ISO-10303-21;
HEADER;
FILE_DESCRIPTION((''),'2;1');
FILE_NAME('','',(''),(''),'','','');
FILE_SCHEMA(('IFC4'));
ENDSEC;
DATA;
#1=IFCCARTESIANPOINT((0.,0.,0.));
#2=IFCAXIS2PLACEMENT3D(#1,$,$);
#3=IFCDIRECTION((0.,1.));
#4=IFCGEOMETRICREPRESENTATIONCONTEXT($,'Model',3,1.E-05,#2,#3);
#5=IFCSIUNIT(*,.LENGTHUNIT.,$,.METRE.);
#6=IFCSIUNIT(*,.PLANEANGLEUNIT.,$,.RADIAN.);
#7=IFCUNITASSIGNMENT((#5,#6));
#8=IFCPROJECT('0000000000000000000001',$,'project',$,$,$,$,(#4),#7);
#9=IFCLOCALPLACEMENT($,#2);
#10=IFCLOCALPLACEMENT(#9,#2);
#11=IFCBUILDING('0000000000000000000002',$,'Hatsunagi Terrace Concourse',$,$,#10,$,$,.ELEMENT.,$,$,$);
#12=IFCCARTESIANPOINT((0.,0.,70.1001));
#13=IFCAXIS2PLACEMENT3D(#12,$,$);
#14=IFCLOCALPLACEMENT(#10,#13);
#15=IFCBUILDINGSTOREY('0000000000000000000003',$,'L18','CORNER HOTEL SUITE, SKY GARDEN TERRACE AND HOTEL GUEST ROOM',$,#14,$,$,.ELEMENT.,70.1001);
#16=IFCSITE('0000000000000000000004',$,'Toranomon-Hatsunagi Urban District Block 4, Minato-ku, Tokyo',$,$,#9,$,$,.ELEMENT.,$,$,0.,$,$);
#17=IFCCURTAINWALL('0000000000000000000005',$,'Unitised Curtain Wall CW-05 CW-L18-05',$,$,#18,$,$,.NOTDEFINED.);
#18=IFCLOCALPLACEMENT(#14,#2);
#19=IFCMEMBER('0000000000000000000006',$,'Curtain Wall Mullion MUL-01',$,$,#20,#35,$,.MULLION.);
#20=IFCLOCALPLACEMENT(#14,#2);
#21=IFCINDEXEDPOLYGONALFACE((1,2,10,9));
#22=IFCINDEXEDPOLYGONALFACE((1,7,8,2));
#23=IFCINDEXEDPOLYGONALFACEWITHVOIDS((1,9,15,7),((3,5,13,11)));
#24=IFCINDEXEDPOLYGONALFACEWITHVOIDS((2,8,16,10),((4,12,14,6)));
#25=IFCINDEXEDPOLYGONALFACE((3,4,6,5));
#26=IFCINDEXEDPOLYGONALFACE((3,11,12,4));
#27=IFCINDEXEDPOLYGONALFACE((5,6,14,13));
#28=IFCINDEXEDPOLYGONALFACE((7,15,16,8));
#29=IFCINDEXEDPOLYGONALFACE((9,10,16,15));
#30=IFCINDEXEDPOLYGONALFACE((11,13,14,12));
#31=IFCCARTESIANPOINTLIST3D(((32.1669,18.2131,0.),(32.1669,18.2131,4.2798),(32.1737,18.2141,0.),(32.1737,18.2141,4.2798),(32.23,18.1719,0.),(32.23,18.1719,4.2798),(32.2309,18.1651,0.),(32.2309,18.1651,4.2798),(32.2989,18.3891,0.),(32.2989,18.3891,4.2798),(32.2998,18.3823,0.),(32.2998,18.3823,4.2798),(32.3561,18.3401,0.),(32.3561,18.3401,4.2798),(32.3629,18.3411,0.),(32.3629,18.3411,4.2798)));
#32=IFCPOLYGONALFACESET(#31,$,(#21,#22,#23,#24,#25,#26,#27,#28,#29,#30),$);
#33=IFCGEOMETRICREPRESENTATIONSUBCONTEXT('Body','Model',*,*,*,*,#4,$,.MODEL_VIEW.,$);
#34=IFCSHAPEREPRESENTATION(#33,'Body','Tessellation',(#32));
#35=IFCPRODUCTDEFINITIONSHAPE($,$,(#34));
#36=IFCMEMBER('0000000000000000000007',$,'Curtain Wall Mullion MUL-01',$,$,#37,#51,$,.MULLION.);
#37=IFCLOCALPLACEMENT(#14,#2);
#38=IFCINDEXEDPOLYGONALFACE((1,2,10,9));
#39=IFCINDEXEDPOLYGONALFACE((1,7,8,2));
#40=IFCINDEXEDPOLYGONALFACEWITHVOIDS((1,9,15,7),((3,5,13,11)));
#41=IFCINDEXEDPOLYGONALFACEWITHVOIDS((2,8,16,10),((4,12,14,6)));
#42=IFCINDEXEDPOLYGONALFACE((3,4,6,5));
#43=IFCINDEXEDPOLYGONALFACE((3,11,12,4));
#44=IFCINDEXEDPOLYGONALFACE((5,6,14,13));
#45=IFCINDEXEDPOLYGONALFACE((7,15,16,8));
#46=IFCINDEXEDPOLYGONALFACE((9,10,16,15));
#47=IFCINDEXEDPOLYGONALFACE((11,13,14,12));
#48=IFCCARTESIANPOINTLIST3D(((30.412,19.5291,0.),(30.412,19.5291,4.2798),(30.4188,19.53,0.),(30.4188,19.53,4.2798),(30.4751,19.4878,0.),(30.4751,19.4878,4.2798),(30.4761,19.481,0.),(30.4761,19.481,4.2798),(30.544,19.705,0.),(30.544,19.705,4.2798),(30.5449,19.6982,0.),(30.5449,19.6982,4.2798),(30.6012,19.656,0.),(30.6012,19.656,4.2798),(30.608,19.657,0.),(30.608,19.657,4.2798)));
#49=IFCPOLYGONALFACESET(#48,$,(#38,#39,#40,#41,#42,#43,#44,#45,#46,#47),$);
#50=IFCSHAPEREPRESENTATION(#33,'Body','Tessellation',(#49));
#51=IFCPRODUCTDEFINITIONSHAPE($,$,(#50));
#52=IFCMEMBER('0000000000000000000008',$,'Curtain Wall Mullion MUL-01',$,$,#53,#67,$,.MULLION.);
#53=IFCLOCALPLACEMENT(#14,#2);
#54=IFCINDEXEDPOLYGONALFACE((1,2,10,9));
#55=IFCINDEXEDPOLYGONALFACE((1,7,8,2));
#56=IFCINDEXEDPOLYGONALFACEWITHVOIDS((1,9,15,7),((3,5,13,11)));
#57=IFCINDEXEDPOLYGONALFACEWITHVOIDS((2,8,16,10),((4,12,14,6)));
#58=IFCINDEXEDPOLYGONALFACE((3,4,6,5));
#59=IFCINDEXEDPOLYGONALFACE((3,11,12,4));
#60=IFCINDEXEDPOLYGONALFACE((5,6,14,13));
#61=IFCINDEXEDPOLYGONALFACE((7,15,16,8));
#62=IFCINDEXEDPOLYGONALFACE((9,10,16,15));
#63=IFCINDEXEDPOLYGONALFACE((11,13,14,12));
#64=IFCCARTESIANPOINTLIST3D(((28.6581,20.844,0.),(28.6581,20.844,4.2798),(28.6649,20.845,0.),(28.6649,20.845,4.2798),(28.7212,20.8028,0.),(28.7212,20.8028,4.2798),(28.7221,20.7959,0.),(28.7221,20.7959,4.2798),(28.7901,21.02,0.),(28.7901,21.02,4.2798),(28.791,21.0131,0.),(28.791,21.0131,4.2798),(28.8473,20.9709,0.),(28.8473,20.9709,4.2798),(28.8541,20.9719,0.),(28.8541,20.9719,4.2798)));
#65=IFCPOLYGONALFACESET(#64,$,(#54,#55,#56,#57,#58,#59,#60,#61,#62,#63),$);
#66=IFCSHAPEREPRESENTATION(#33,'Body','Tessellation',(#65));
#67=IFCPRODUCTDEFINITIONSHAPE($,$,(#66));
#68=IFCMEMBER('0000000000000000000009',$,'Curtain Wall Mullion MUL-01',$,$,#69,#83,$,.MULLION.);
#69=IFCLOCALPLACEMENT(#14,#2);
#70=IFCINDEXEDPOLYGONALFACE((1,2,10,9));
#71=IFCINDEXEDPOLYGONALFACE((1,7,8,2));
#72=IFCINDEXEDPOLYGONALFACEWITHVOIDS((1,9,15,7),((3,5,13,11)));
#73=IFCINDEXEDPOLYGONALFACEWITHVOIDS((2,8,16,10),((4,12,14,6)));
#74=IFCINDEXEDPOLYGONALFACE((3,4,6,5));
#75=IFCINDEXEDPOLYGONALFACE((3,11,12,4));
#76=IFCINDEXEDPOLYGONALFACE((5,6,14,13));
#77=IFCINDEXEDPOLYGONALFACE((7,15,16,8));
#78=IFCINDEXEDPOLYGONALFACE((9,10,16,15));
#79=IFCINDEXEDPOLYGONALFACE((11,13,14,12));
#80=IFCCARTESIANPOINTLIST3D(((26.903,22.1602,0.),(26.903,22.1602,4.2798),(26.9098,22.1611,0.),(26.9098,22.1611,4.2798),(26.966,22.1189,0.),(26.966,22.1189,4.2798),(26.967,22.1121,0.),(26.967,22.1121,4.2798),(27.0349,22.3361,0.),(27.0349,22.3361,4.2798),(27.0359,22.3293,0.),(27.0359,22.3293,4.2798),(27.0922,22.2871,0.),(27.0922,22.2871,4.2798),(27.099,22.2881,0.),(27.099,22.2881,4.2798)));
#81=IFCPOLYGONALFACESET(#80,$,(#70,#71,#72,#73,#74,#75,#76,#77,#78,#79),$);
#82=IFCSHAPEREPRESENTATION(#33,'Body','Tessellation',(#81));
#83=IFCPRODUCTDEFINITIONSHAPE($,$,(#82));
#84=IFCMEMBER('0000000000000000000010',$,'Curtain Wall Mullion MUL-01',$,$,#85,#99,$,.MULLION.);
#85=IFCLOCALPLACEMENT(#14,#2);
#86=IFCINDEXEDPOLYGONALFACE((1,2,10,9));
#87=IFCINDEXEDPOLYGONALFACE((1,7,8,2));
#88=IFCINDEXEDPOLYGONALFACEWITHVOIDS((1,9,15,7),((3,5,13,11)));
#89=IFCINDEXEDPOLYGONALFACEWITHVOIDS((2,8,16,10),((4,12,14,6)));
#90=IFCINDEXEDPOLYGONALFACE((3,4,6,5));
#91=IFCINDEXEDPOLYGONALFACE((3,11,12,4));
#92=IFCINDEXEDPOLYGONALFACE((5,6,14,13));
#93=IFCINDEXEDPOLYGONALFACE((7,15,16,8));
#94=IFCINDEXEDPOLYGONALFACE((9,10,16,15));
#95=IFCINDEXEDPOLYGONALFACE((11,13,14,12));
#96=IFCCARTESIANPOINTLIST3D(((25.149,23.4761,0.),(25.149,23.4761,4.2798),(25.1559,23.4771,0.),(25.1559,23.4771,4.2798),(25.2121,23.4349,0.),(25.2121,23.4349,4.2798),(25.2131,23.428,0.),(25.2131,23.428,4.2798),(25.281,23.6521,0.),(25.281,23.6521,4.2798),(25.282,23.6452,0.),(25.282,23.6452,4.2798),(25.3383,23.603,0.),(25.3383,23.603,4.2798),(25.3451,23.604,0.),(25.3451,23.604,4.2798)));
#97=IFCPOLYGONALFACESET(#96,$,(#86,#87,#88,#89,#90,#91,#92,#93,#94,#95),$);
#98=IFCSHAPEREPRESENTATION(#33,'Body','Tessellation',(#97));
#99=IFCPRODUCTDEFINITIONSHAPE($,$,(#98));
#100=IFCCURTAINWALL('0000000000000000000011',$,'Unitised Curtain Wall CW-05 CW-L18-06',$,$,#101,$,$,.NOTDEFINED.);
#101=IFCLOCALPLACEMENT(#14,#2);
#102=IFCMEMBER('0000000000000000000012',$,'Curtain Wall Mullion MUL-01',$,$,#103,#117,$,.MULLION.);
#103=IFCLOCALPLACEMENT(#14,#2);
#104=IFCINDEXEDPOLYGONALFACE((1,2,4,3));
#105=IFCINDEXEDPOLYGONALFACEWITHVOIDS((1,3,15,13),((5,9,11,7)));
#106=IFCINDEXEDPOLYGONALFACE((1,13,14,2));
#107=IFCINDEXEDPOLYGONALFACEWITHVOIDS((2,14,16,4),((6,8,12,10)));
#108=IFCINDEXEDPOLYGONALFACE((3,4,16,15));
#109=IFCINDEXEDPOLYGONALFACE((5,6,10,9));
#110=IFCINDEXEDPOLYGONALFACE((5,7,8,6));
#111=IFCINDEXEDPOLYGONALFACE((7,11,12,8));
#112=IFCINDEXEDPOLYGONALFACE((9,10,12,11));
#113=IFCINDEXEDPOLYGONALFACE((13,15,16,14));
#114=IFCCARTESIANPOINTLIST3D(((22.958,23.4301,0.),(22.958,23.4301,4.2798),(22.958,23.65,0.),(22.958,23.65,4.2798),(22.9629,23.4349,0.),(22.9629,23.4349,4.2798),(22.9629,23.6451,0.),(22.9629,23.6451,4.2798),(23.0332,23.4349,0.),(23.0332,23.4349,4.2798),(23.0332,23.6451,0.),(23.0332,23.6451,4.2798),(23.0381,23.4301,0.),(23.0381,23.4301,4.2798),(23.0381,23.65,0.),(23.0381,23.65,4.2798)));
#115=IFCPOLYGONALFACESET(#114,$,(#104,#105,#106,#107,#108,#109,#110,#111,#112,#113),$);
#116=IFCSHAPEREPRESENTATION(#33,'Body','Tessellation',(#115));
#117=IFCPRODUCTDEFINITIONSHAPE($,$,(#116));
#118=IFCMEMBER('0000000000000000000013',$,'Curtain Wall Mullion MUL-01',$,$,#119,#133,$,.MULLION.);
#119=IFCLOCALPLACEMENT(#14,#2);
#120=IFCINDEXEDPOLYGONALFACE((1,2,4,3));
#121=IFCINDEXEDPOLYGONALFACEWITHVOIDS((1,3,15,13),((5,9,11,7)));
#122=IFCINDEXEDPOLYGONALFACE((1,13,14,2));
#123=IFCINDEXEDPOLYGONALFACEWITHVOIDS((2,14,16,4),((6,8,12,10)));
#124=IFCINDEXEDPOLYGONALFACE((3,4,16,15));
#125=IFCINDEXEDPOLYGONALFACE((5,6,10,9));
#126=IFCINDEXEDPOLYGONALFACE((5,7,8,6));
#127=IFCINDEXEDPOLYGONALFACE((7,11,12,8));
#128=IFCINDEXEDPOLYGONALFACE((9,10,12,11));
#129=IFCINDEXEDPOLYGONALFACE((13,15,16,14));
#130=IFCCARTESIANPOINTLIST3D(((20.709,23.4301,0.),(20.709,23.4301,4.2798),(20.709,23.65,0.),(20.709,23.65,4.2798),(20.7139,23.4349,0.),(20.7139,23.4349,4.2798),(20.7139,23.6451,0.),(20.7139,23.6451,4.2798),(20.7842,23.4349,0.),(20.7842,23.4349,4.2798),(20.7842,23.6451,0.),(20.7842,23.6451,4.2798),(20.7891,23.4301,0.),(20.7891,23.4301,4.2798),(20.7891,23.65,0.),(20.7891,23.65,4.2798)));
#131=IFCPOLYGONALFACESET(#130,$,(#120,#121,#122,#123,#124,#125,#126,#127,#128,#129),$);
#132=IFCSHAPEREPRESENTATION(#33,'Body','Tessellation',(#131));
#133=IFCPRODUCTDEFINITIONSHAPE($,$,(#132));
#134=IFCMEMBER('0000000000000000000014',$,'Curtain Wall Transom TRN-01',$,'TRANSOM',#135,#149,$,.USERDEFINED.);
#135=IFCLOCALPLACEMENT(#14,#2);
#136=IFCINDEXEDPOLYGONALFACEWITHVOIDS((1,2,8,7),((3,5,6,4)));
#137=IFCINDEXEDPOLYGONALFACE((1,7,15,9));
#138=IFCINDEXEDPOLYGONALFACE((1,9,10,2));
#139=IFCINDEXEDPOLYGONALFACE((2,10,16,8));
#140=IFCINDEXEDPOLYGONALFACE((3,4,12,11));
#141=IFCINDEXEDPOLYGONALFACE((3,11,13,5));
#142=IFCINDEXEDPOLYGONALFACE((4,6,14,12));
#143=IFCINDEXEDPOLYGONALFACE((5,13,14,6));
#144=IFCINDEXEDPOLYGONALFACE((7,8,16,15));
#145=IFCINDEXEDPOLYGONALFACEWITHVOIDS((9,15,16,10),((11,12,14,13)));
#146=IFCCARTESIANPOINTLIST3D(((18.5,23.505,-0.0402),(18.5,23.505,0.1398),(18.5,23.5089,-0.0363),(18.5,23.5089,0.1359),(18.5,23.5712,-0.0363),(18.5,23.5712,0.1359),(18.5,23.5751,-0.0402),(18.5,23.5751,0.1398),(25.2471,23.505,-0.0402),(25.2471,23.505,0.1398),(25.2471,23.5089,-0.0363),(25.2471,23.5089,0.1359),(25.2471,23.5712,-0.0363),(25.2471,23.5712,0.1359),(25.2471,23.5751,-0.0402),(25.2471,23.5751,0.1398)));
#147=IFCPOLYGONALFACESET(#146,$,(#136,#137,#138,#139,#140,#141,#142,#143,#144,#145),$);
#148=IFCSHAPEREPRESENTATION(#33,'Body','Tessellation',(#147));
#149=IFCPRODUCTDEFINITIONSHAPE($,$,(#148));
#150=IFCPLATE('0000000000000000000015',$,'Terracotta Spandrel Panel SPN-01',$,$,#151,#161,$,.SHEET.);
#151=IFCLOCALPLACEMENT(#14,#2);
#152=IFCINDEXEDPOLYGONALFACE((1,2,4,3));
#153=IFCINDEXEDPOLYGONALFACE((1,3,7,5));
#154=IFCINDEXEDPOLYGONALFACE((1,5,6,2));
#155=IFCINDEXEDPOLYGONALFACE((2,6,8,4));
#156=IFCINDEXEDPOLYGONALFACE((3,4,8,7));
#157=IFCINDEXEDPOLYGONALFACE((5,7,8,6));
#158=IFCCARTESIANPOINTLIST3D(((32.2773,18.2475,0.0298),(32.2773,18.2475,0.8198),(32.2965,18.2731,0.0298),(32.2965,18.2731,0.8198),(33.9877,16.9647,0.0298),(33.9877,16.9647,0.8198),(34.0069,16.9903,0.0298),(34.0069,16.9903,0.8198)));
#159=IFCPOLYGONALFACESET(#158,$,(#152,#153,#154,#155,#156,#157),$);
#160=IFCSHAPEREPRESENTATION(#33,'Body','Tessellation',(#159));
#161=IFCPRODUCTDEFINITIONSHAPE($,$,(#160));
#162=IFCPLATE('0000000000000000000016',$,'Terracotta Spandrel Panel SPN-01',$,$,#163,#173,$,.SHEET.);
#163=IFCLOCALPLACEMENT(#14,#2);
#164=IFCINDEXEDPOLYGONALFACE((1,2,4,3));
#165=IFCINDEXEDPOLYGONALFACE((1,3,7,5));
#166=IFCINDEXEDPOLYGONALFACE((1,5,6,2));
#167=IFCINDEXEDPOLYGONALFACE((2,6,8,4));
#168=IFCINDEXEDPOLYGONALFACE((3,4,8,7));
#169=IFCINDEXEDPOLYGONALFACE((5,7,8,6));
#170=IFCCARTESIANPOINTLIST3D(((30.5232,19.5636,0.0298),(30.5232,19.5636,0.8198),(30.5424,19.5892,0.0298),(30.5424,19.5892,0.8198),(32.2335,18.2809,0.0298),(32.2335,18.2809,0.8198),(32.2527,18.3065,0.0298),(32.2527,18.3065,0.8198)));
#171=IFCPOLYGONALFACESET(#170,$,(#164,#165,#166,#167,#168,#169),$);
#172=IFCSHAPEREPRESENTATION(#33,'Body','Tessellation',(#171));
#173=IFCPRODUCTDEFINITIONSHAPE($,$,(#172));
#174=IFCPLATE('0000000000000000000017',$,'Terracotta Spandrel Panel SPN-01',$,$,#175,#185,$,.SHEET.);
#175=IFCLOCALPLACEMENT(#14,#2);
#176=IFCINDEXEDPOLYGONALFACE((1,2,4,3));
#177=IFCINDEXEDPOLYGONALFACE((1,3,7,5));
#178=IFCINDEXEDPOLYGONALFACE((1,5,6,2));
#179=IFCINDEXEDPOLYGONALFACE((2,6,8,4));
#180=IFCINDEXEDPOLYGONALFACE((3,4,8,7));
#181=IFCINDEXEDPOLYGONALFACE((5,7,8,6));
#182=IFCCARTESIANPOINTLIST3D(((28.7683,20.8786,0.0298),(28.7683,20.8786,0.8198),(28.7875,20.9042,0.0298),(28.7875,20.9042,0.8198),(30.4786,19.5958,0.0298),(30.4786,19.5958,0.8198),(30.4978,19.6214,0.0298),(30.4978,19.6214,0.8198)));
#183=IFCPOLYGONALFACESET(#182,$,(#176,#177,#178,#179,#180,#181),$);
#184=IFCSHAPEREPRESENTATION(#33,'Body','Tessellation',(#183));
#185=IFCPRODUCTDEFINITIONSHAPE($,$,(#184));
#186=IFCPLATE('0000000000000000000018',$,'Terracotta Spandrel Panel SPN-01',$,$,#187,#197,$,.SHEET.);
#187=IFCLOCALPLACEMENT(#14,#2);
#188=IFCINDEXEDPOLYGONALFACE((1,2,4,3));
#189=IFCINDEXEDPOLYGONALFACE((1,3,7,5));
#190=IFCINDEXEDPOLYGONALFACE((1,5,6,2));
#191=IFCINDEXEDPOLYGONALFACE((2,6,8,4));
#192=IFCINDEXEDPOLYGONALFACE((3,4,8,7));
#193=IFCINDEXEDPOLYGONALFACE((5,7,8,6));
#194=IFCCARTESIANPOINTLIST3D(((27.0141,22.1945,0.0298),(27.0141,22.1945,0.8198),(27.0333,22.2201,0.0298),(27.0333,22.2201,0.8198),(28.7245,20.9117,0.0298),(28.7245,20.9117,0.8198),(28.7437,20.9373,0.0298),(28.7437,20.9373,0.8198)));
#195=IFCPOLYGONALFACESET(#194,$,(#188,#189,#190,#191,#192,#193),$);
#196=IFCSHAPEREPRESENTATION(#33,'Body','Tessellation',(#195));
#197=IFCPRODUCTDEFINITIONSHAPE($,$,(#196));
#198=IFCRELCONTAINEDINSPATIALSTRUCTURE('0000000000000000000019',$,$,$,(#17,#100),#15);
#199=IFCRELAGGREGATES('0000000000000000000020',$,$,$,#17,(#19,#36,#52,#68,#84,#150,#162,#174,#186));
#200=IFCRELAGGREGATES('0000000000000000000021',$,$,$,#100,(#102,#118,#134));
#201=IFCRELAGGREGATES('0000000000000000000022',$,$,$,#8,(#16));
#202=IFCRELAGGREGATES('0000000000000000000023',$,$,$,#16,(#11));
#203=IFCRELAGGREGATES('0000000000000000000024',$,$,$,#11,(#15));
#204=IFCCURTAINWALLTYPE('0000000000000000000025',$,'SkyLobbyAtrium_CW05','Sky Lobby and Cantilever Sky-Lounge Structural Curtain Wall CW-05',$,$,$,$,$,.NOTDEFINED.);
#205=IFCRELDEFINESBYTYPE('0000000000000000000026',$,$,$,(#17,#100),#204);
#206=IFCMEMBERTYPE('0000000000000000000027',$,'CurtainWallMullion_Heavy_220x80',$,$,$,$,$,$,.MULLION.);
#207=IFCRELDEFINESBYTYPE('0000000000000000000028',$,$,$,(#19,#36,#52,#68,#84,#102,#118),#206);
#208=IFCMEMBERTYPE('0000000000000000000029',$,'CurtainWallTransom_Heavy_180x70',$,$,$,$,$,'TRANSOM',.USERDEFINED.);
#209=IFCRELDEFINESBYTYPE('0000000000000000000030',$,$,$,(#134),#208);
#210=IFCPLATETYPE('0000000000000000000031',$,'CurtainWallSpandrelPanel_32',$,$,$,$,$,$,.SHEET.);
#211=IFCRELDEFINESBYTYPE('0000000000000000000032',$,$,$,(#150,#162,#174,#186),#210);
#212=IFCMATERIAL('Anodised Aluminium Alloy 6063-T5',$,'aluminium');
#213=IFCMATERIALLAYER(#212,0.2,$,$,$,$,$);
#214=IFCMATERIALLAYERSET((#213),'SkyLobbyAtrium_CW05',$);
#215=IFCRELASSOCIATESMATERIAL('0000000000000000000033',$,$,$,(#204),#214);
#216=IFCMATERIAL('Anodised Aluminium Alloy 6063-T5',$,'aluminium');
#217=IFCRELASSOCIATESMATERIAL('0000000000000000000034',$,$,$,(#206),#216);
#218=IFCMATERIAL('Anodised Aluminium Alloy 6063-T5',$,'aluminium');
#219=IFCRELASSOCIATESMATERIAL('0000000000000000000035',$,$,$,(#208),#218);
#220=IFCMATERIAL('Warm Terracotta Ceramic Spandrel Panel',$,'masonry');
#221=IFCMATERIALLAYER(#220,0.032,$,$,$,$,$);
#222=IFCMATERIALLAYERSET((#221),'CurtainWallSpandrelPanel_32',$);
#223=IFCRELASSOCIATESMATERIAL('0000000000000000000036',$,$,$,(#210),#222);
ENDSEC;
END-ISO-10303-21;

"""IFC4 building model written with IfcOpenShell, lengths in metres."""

from ifc_helpers import new_model, si_unit, direction, frame, origin, origin_2d, place, context, subcontext, project, spatial, rectangle, hollow_rectangle, extrude, material, layer, layer_set, material_profile, profile_set, type_object, element, aggregate, save


model = new_model("IFC4")

# Units and contexts
model_context = context("Model", 3, precision=1e-05, world=origin(), true_north=direction((0.0, 1.0)))
body_context = subcontext(model_context, "Body", "Model", "MODEL_VIEW")
ifc_project = project(units=[si_unit("LENGTHUNIT", "METRE"), si_unit("PLANEANGLEUNIT", "RADIAN")], contexts=[model_context])

# Site, building, storey
site_placement = place(None, origin())
site = spatial("IfcSite", under=ifc_project, at=site_placement, Name="Toranomon-Hatsunagi Urban District Block 4, Minato-ku, Tokyo", CompositionType="ELEMENT", RefElevation=0.0)
building_placement = place(site_placement, origin())
building = spatial("IfcBuilding", under=site, at=building_placement, Name="Hatsunagi Terrace Concourse", CompositionType="ELEMENT")
storey_placement = place(building_placement, frame((0.0, 0.0, 70.1001)))
storey = spatial("IfcBuildingStorey", under=building, at=storey_placement, Name="L18", Description="CORNER HOTEL SUITE, SKY GARDEN TERRACE AND HOTEL GUEST ROOM", CompositionType="ELEMENT", Elevation=70.1001)

# Curtain walls, members
ifc_material_1 = material(Name="Anodised Aluminium Alloy 6063-T5", Category="aluminium")
ifc_layer_1 = layer(ifc_material_1, 0.2)
ifc_layer_set_1 = layer_set([ifc_layer_1], Name="SkyLobbyAtrium_CW05")
curtain_wall_type = type_object("IfcCurtainWallType", Name="SkyLobbyAtrium_CW05", Description="Sky Lobby and Cantilever Sky-Lounge Structural Curtain Wall CW-05", PredefinedType="NOTDEFINED", material=ifc_layer_set_1)
curtain_wall_1_placement = place(storey_placement, origin())
curtain_wall_1 = element("IfcCurtainWall", 1, at=curtain_wall_1_placement, inside=storey, type_object=curtain_wall_type, Name="Unitised Curtain Wall CW-05 CW-L18-05", PredefinedType="NOTDEFINED")
ifc_material_2 = material(Name="Anodised Aluminium Alloy 6063-T5", Category="aluminium")
ifc_material_profile_1 = material_profile(ifc_material_2, hollow_rectangle(XDim=0.0801, YDim=0.22, WallThickness=0.0049, at=origin_2d()), Name="ALU-MUL-220x80x5")
ifc_profile_set_1 = profile_set([ifc_material_profile_1], Name="Anodised Aluminium Alloy 6063-T5")
member_type_1 = type_object("IfcMemberType", Name="CurtainWallMullion_Heavy_220x80", PredefinedType="MULLION", material=ifc_profile_set_1)
member_1_placement = place(storey_placement, frame((32.2649, 18.2771, 0.0), z_axis=(0.0, 0.0, 1.0), x_axis=(-0.800003, 0.599996, 0.0)))
member_1 = element("IfcMember", 2, at=member_1_placement, type_object=member_type_1, Name="Curtain Wall Mullion MUL-01", PredefinedType="MULLION", context=body_context, shape_type="SweptSolid", body=[
    extrude(hollow_rectangle(XDim=0.0801, YDim=0.22, WallThickness=0.0049, at=origin_2d()), origin(), (0.0, 0.0, 1.0), 4.2798),
])
member_2_placement = place(storey_placement, frame((30.51, 19.593, 0.0), z_axis=(0.0, 0.0, 1.0), x_axis=(-0.800003, 0.599996, 0.0)))
member_2 = element("IfcMember", 3, at=member_2_placement, type_object=member_type_1, Name="Curtain Wall Mullion MUL-01", PredefinedType="MULLION", context=body_context, shape_type="SweptSolid", body=[
    extrude(hollow_rectangle(XDim=0.0801, YDim=0.22, WallThickness=0.0049, at=origin_2d()), origin(), (0.0, 0.0, 1.0), 4.2798),
])
member_3_placement = place(storey_placement, frame((28.7561, 20.908, 0.0), z_axis=(0.0, 0.0, 1.0), x_axis=(-0.800003, 0.599996, 0.0)))
member_3 = element("IfcMember", 4, at=member_3_placement, type_object=member_type_1, Name="Curtain Wall Mullion MUL-01", PredefinedType="MULLION", context=body_context, shape_type="SweptSolid", body=[
    extrude(hollow_rectangle(XDim=0.0801, YDim=0.22, WallThickness=0.0049, at=origin_2d()), origin(), (0.0, 0.0, 1.0), 4.2798),
])
member_4_placement = place(storey_placement, frame((27.001, 22.2241, 0.0), z_axis=(0.0, 0.0, 1.0), x_axis=(-0.800003, 0.599996, 0.0)))
member_4 = element("IfcMember", 5, at=member_4_placement, type_object=member_type_1, Name="Curtain Wall Mullion MUL-01", PredefinedType="MULLION", context=body_context, shape_type="SweptSolid", body=[
    extrude(hollow_rectangle(XDim=0.0801, YDim=0.22, WallThickness=0.0049, at=origin_2d()), origin(), (0.0, 0.0, 1.0), 4.2798),
])
member_5_placement = place(storey_placement, frame((25.2471, 23.54, 0.0), z_axis=(0.0, 0.0, 1.0), x_axis=(-0.800003, 0.599996, 0.0)))
member_5 = element("IfcMember", 6, at=member_5_placement, type_object=member_type_1, Name="Curtain Wall Mullion MUL-01", PredefinedType="MULLION", context=body_context, shape_type="SweptSolid", body=[
    extrude(hollow_rectangle(XDim=0.0801, YDim=0.22, WallThickness=0.0049, at=origin_2d()), origin(), (0.0, 0.0, 1.0), 4.2798),
])
curtain_wall_2_placement = place(storey_placement, origin())
curtain_wall_2 = element("IfcCurtainWall", 7, at=curtain_wall_2_placement, inside=storey, type_object=curtain_wall_type, Name="Unitised Curtain Wall CW-05 CW-L18-06", PredefinedType="NOTDEFINED")
member_6_placement = place(storey_placement, frame((22.998, 23.54, 0.0), z_axis=(0.0, 0.0, 1.0), x_axis=(-1.0, 0.0, 0.0)))
member_6 = element("IfcMember", 8, at=member_6_placement, type_object=member_type_1, Name="Curtain Wall Mullion MUL-01", PredefinedType="MULLION", context=body_context, shape_type="SweptSolid", body=[
    extrude(hollow_rectangle(XDim=0.0801, YDim=0.22, WallThickness=0.0049, at=origin_2d()), origin(), (0.0, 0.0, 1.0), 4.2798),
])
member_7_placement = place(storey_placement, frame((20.749, 23.54, 0.0), z_axis=(0.0, 0.0, 1.0), x_axis=(-1.0, 0.0, 0.0)))
member_7 = element("IfcMember", 9, at=member_7_placement, type_object=member_type_1, Name="Curtain Wall Mullion MUL-01", PredefinedType="MULLION", context=body_context, shape_type="SweptSolid", body=[
    extrude(hollow_rectangle(XDim=0.0801, YDim=0.22, WallThickness=0.0049, at=origin_2d()), origin(), (0.0, 0.0, 1.0), 4.2798),
])
ifc_material_3 = material(Name="Anodised Aluminium Alloy 6063-T5", Category="aluminium")
ifc_material_profile_2 = material_profile(ifc_material_3, hollow_rectangle(XDim=0.0701, YDim=0.1799, WallThickness=0.0039, at=origin_2d()), Name="ALU-TRN-180x70x4")
ifc_profile_set_2 = profile_set([ifc_material_profile_2], Name="Anodised Aluminium Alloy 6063-T5")
member_type_2 = type_object("IfcMemberType", Name="CurtainWallTransom_Heavy_180x70", ElementType="TRANSOM", PredefinedType="USERDEFINED", material=ifc_profile_set_2)
member_8_placement = place(storey_placement, frame((25.2471, 23.54, 0.0498), z_axis=(-1.0, 0.0, 0.0), x_axis=(0.0, -1.0, 0.0)))
member_8 = element("IfcMember", 10, at=member_8_placement, type_object=member_type_2, Name="Curtain Wall Transom TRN-01", ObjectType="TRANSOM", PredefinedType="USERDEFINED", context=body_context, shape_type="SweptSolid", body=[
    extrude(hollow_rectangle(XDim=0.0701, YDim=0.1799, WallThickness=0.0039, at=origin_2d()), origin(), (0.0, 0.0, 1.0), 6.7471),
])

# Plates
ifc_material_4 = material(Name="Warm Terracotta Ceramic Spandrel Panel", Category="masonry")
ifc_layer_2 = layer(ifc_material_4, 0.032)
ifc_layer_set_2 = layer_set([ifc_layer_2], Name="CurtainWallSpandrelPanel_32")
plate_type_1 = type_object("IfcPlateType", Name="CurtainWallSpandrelPanel_32", PredefinedType="SHEET", material=ifc_layer_set_2)
plate_1_placement = place(storey_placement, frame((33.1421, 17.6189, 0.0298), z_axis=(0.0, 0.0, 1.0), x_axis=(-0.800003, 0.599996, 0.0)))
plate_1 = element("IfcPlate", 11, at=plate_1_placement, type_object=plate_type_1, Name="Terracotta Spandrel Panel SPN-01", PredefinedType="SHEET", context=body_context, shape_type="SweptSolid", body=[
    extrude(rectangle(XDim=2.1379, YDim=0.032, at=origin_2d()), origin(), (0.0, 0.0, 1.0), 0.79),
])
plate_2_placement = place(storey_placement, frame((31.3879, 18.9351, 0.0298), z_axis=(0.0, 0.0, 1.0), x_axis=(-0.800003, 0.599996, 0.0)))
plate_2 = element("IfcPlate", 12, at=plate_2_placement, type_object=plate_type_1, Name="Terracotta Spandrel Panel SPN-01", PredefinedType="SHEET", context=body_context, shape_type="SweptSolid", body=[
    extrude(rectangle(XDim=2.1379, YDim=0.032, at=origin_2d()), origin(), (0.0, 0.0, 1.0), 0.79),
])
plate_3_placement = place(storey_placement, frame((29.6331, 20.25, 0.0298), z_axis=(0.0, 0.0, 1.0), x_axis=(-0.800003, 0.599996, 0.0)))
plate_3 = element("IfcPlate", 13, at=plate_3_placement, type_object=plate_type_1, Name="Terracotta Spandrel Panel SPN-01", PredefinedType="SHEET", context=body_context, shape_type="SweptSolid", body=[
    extrude(rectangle(XDim=2.1379, YDim=0.032, at=origin_2d()), origin(), (0.0, 0.0, 1.0), 0.79),
])
plate_4_placement = place(storey_placement, frame((27.8789, 21.5659, 0.0298), z_axis=(0.0, 0.0, 1.0), x_axis=(-0.800003, 0.599996, 0.0)))
plate_4 = element("IfcPlate", 14, at=plate_4_placement, type_object=plate_type_1, Name="Terracotta Spandrel Panel SPN-01", PredefinedType="SHEET", context=body_context, shape_type="SweptSolid", body=[
    extrude(rectangle(XDim=2.1379, YDim=0.032, at=origin_2d()), origin(), (0.0, 0.0, 1.0), 0.79),
])
aggregate(curtain_wall_1, [member_1, member_2, member_3, member_4, member_5, plate_1, plate_2, plate_3, plate_4])
aggregate(curtain_wall_2, [member_6, member_7, member_8])

save(model, "model.ifc")
